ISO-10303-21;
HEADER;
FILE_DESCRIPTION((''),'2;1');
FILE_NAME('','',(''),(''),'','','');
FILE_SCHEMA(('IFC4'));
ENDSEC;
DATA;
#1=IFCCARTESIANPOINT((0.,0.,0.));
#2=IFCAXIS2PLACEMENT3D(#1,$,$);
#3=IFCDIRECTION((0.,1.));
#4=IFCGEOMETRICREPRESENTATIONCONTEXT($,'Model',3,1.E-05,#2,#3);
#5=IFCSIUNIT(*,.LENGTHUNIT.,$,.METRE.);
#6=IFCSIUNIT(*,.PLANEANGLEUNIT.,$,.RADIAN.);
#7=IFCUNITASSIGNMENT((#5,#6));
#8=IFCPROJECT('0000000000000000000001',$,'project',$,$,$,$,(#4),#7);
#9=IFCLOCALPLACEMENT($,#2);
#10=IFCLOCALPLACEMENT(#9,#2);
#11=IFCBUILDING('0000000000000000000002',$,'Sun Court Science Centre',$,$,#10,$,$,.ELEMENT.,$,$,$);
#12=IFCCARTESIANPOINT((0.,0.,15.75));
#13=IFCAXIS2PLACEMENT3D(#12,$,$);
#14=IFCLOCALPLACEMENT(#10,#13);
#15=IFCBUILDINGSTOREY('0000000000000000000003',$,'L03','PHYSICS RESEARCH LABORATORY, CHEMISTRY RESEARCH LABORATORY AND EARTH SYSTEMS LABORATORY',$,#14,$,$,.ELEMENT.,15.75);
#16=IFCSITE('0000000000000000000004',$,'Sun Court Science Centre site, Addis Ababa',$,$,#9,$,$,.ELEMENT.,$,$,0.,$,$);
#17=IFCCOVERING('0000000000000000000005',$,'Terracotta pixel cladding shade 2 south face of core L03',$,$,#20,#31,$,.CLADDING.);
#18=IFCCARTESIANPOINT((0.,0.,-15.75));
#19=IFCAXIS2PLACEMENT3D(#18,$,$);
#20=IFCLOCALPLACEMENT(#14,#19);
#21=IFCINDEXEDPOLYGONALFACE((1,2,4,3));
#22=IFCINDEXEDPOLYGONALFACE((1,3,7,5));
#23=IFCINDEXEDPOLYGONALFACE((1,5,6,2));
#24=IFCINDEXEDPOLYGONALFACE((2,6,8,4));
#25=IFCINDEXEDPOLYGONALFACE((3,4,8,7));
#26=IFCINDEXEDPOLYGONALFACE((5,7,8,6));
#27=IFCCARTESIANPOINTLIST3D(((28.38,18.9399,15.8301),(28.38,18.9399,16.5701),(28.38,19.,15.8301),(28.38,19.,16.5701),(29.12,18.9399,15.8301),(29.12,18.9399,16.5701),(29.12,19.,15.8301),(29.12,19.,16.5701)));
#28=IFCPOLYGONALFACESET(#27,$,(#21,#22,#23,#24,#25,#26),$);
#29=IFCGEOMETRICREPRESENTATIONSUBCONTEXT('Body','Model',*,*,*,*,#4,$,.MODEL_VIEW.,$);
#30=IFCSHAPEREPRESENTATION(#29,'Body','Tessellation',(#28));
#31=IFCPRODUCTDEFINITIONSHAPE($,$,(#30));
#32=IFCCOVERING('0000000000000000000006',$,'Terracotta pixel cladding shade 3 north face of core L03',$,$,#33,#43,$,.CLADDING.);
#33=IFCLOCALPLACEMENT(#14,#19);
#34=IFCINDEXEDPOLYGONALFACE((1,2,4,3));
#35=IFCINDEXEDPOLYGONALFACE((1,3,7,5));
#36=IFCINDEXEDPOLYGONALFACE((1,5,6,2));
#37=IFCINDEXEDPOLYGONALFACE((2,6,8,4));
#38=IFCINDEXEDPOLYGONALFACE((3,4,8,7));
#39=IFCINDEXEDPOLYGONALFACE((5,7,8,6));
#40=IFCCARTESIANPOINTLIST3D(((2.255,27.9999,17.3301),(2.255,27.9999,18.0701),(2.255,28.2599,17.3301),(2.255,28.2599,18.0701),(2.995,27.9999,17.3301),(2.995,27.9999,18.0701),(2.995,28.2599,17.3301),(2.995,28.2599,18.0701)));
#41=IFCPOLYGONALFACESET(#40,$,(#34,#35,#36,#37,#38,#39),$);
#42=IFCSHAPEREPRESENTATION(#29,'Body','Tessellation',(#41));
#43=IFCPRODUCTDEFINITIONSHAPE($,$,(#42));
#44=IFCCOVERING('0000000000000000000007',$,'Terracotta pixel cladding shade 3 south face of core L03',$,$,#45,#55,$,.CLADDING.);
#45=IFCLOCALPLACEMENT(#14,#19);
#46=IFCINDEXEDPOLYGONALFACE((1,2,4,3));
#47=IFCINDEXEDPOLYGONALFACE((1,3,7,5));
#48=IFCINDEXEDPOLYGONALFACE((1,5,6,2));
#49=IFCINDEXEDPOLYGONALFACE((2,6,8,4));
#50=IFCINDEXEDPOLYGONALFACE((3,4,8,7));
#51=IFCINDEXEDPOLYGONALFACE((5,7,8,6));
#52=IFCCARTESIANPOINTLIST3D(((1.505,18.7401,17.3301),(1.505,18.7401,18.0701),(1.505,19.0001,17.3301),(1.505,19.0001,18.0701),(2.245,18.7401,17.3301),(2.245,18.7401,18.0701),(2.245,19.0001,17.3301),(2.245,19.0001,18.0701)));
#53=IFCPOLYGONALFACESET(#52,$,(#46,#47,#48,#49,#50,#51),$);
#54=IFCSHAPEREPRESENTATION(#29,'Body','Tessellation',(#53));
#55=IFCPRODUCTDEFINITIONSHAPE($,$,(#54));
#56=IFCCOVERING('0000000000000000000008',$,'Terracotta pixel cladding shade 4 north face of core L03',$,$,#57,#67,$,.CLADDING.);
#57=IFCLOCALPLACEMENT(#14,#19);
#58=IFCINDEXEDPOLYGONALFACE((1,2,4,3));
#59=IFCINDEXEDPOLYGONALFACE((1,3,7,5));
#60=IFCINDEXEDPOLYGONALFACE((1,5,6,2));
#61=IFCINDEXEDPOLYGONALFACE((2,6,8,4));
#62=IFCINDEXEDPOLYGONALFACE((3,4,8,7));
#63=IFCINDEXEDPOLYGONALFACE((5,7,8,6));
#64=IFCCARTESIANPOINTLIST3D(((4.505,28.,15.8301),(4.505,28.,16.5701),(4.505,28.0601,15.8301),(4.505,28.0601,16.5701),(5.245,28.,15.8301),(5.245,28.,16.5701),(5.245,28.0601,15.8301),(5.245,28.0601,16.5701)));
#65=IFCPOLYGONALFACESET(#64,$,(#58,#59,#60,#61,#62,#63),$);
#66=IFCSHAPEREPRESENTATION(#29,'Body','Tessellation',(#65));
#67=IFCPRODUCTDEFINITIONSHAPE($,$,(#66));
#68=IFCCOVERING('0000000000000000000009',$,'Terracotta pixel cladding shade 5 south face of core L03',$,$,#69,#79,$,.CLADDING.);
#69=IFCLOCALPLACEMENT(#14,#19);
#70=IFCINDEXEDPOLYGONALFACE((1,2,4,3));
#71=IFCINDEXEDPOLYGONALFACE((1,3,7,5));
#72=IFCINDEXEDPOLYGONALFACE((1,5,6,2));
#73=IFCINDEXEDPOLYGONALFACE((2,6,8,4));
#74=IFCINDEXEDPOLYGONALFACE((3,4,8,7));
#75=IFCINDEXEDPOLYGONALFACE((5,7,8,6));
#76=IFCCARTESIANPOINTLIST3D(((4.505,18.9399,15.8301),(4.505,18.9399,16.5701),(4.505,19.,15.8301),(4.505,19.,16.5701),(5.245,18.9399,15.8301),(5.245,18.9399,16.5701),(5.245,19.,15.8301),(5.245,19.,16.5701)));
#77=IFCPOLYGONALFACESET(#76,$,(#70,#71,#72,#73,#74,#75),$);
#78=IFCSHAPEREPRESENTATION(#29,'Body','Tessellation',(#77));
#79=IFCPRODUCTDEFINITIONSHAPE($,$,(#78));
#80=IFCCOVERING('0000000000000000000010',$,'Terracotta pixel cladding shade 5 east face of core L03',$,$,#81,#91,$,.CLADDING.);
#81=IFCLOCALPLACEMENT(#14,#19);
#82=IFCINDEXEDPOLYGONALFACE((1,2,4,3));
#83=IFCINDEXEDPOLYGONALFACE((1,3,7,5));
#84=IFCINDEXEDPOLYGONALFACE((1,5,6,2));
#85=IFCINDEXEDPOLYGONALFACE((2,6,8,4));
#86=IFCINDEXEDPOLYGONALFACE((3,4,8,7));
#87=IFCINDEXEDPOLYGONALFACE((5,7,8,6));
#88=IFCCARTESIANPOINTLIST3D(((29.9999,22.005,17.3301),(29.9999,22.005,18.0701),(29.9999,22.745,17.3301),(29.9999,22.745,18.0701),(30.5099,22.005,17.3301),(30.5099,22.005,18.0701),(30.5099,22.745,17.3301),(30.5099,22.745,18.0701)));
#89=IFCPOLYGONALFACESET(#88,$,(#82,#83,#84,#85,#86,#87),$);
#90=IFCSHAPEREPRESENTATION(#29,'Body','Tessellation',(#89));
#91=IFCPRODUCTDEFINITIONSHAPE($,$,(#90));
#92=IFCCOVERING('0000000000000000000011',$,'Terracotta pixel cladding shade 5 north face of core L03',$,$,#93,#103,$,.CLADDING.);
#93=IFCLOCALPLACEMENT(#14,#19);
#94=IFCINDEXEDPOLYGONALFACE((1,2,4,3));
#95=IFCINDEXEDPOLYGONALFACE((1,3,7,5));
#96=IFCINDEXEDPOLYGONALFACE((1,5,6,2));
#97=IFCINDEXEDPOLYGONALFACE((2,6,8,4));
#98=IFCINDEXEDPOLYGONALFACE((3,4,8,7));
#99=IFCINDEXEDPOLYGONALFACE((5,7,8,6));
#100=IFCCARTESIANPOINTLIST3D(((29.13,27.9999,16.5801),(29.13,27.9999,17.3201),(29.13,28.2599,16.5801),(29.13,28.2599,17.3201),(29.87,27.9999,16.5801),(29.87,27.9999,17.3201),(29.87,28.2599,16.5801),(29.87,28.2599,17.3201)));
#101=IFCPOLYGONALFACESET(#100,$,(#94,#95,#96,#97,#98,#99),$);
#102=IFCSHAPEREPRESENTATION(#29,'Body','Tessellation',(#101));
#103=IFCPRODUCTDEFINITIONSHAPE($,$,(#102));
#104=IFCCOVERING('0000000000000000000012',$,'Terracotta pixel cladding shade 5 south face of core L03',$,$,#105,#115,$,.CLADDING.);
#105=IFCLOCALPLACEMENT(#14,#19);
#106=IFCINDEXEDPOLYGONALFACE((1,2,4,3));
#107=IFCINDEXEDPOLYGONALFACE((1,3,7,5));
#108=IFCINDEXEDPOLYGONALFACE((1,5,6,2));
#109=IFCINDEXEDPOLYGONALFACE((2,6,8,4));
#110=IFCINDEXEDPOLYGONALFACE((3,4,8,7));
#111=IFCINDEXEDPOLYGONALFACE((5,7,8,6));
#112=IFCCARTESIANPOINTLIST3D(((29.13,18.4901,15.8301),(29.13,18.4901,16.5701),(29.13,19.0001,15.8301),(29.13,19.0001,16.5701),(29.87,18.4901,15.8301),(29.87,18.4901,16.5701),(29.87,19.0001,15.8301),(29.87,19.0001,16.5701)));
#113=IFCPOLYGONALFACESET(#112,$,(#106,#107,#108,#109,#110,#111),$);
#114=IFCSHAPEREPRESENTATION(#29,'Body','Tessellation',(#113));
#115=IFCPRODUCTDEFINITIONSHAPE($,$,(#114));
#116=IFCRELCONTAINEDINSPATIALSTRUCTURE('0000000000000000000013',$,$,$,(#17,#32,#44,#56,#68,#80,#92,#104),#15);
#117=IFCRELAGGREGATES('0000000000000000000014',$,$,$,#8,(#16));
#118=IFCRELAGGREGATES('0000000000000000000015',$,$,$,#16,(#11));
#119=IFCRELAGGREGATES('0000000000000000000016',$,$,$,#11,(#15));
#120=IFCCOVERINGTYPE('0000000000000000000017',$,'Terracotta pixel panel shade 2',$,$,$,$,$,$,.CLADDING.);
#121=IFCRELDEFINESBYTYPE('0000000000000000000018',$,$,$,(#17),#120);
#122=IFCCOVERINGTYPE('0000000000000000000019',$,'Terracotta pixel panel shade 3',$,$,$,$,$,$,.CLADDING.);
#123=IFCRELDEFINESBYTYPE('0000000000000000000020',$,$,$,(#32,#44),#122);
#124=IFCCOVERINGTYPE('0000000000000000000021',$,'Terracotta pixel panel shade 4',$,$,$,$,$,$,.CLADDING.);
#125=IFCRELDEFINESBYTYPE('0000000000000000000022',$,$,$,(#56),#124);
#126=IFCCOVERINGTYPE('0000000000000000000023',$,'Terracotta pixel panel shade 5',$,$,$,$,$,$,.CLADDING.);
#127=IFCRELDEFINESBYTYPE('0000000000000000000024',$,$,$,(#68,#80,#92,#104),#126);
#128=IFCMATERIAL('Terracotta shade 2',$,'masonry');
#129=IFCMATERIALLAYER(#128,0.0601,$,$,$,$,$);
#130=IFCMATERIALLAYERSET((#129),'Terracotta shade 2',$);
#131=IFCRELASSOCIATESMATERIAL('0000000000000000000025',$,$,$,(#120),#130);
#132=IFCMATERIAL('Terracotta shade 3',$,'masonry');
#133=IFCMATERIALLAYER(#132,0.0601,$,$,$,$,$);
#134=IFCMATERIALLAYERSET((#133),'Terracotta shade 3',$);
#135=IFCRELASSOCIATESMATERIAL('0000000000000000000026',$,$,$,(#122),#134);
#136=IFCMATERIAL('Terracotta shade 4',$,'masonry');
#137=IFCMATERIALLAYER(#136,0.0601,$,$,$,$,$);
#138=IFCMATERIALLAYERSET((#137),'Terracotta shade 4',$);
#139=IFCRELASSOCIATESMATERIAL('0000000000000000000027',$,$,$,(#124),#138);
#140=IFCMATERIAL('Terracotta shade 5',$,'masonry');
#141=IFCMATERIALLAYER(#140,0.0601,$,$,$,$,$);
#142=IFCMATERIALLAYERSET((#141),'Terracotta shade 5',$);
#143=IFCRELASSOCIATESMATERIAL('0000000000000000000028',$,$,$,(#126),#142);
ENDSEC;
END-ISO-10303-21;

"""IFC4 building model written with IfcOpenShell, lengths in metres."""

from ifc_helpers import new_model, si_unit, direction, frame, origin, origin_2d, place, context, subcontext, project, spatial, rectangle, extrude, material, layer, layer_set, type_object, element, save


model = new_model("IFC4")

# Units and contexts
model_context = context("Model", 3, precision=1e-05, world=origin(), true_north=direction((0.0, 1.0)))
body_context = subcontext(model_context, "Body", "Model", "MODEL_VIEW")
ifc_project = project(units=[si_unit("LENGTHUNIT", "METRE"), si_unit("PLANEANGLEUNIT", "RADIAN")], contexts=[model_context])

# Site, building, storey
site_placement = place(None, origin())
site = spatial("IfcSite", under=ifc_project, at=site_placement, Name="Sun Court Science Centre site, Addis Ababa", CompositionType="ELEMENT", RefElevation=0.0)
building_placement = place(site_placement, origin())
building = spatial("IfcBuilding", under=site, at=building_placement, Name="Sun Court Science Centre", CompositionType="ELEMENT")
storey_placement = place(building_placement, frame((0.0, 0.0, 15.75)))
storey = spatial("IfcBuildingStorey", under=building, at=storey_placement, Name="L03", Description="PHYSICS RESEARCH LABORATORY, CHEMISTRY RESEARCH LABORATORY AND EARTH SYSTEMS LABORATORY", CompositionType="ELEMENT", Elevation=15.75)

# Coverings
ifc_material_1 = material(Name="Terracotta shade 2", Category="masonry")
ifc_layer_1 = layer(ifc_material_1, 0.0601)
ifc_layer_set_1 = layer_set([ifc_layer_1], Name="Terracotta shade 2")
covering_type_1 = type_object("IfcCoveringType", Name="Terracotta pixel panel shade 2", PredefinedType="CLADDING", material=ifc_layer_set_1)
covering_1_placement = place(storey_placement, frame((0.0, 0.0, -15.75)))
element("IfcCovering", 1, at=covering_1_placement, inside=storey, type_object=covering_type_1, Name="Terracotta pixel cladding shade 2 south face of core L03", PredefinedType="CLADDING", context=body_context, shape_type="SweptSolid", body=[
    extrude(rectangle(XDim=0.74, YDim=0.0601, at=origin_2d()), frame((28.75, 18.97, 15.8301), z_axis=(0.0, 0.0, 1.0), x_axis=(-1.0, 0.0, 0.0)), (0.0, 0.0, 1.0), 0.74),
])
ifc_material_2 = material(Name="Terracotta shade 3", Category="masonry")
ifc_layer_2 = layer(ifc_material_2, 0.0601)
ifc_layer_set_2 = layer_set([ifc_layer_2], Name="Terracotta shade 3")
covering_type_2 = type_object("IfcCoveringType", Name="Terracotta pixel panel shade 3", PredefinedType="CLADDING", material=ifc_layer_set_2)
covering_2_placement = place(storey_placement, frame((0.0, 0.0, -15.75)))
element("IfcCovering", 2, at=covering_2_placement, inside=storey, type_object=covering_type_2, Name="Terracotta pixel cladding shade 3 north face of core L03", PredefinedType="CLADDING", context=body_context, shape_type="SweptSolid", body=[
    extrude(rectangle(XDim=0.74, YDim=0.26, at=origin_2d()), frame((2.625, 28.1299, 17.3301), z_axis=(0.0, 0.0, 1.0), x_axis=(1.0, 0.0, 0.0)), (0.0, 0.0, 1.0), 0.74),
])
covering_3_placement = place(storey_placement, frame((0.0, 0.0, -15.75)))
element("IfcCovering", 3, at=covering_3_placement, inside=storey, type_object=covering_type_2, Name="Terracotta pixel cladding shade 3 south face of core L03", PredefinedType="CLADDING", context=body_context, shape_type="SweptSolid", body=[
    extrude(rectangle(XDim=0.74, YDim=0.26, at=origin_2d()), frame((1.875, 18.8701, 17.3301), z_axis=(0.0, 0.0, 1.0), x_axis=(-1.0, 0.0, 0.0)), (0.0, 0.0, 1.0), 0.74),
])
ifc_material_3 = material(Name="Terracotta shade 4", Category="masonry")
ifc_layer_3 = layer(ifc_material_3, 0.0601)
ifc_layer_set_3 = layer_set([ifc_layer_3], Name="Terracotta shade 4")
covering_type_3 = type_object("IfcCoveringType", Name="Terracotta pixel panel shade 4", PredefinedType="CLADDING", material=ifc_layer_set_3)
covering_4_placement = place(storey_placement, frame((0.0, 0.0, -15.75)))
element("IfcCovering", 4, at=covering_4_placement, inside=storey, type_object=covering_type_3, Name="Terracotta pixel cladding shade 4 north face of core L03", PredefinedType="CLADDING", context=body_context, shape_type="SweptSolid", body=[
    extrude(rectangle(XDim=0.74, YDim=0.0601, at=origin_2d()), frame((4.875, 28.03, 15.8301), z_axis=(0.0, 0.0, 1.0), x_axis=(1.0, 0.0, 0.0)), (0.0, 0.0, 1.0), 0.74),
])
ifc_material_4 = material(Name="Terracotta shade 5", Category="masonry")
ifc_layer_4 = layer(ifc_material_4, 0.0601)
ifc_layer_set_4 = layer_set([ifc_layer_4], Name="Terracotta shade 5")
covering_type_4 = type_object("IfcCoveringType", Name="Terracotta pixel panel shade 5", PredefinedType="CLADDING", material=ifc_layer_set_4)
covering_5_placement = place(storey_placement, frame((0.0, 0.0, -15.75)))
element("IfcCovering", 5, at=covering_5_placement, inside=storey, type_object=covering_type_4, Name="Terracotta pixel cladding shade 5 south face of core L03", PredefinedType="CLADDING", context=body_context, shape_type="SweptSolid", body=[
    extrude(rectangle(XDim=0.74, YDim=0.0601, at=origin_2d()), frame((4.875, 18.97, 15.8301), z_axis=(0.0, 0.0, 1.0), x_axis=(-1.0, 0.0, 0.0)), (0.0, 0.0, 1.0), 0.74),
])
covering_6_placement = place(storey_placement, frame((0.0, 0.0, -15.75)))
element("IfcCovering", 6, at=covering_6_placement, inside=storey, type_object=covering_type_4, Name="Terracotta pixel cladding shade 5 east face of core L03", PredefinedType="CLADDING", context=body_context, shape_type="SweptSolid", body=[
    extrude(rectangle(XDim=0.74, YDim=0.51, at=origin_2d()), frame((30.2549, 22.375, 17.3301), z_axis=(0.0, 0.0, 1.0), x_axis=(0.0, -1.0, 0.0)), (0.0, 0.0, 1.0), 0.74),
])
covering_7_placement = place(storey_placement, frame((0.0, 0.0, -15.75)))
element("IfcCovering", 7, at=covering_7_placement, inside=storey, type_object=covering_type_4, Name="Terracotta pixel cladding shade 5 north face of core L03", PredefinedType="CLADDING", context=body_context, shape_type="SweptSolid", body=[
    extrude(rectangle(XDim=0.74, YDim=0.26, at=origin_2d()), frame((29.5, 28.1299, 16.5801), z_axis=(0.0, 0.0, 1.0), x_axis=(1.0, 0.0, 0.0)), (0.0, 0.0, 1.0), 0.74),
])
covering_8_placement = place(storey_placement, frame((0.0, 0.0, -15.75)))
element("IfcCovering", 8, at=covering_8_placement, inside=storey, type_object=covering_type_4, Name="Terracotta pixel cladding shade 5 south face of core L03", PredefinedType="CLADDING", context=body_context, shape_type="SweptSolid", body=[
    extrude(rectangle(XDim=0.74, YDim=0.51, at=origin_2d()), frame((29.5, 18.7451, 15.8301), z_axis=(0.0, 0.0, 1.0), x_axis=(-1.0, 0.0, 0.0)), (0.0, 0.0, 1.0), 0.74),
])

save(model, "model.ifc")
